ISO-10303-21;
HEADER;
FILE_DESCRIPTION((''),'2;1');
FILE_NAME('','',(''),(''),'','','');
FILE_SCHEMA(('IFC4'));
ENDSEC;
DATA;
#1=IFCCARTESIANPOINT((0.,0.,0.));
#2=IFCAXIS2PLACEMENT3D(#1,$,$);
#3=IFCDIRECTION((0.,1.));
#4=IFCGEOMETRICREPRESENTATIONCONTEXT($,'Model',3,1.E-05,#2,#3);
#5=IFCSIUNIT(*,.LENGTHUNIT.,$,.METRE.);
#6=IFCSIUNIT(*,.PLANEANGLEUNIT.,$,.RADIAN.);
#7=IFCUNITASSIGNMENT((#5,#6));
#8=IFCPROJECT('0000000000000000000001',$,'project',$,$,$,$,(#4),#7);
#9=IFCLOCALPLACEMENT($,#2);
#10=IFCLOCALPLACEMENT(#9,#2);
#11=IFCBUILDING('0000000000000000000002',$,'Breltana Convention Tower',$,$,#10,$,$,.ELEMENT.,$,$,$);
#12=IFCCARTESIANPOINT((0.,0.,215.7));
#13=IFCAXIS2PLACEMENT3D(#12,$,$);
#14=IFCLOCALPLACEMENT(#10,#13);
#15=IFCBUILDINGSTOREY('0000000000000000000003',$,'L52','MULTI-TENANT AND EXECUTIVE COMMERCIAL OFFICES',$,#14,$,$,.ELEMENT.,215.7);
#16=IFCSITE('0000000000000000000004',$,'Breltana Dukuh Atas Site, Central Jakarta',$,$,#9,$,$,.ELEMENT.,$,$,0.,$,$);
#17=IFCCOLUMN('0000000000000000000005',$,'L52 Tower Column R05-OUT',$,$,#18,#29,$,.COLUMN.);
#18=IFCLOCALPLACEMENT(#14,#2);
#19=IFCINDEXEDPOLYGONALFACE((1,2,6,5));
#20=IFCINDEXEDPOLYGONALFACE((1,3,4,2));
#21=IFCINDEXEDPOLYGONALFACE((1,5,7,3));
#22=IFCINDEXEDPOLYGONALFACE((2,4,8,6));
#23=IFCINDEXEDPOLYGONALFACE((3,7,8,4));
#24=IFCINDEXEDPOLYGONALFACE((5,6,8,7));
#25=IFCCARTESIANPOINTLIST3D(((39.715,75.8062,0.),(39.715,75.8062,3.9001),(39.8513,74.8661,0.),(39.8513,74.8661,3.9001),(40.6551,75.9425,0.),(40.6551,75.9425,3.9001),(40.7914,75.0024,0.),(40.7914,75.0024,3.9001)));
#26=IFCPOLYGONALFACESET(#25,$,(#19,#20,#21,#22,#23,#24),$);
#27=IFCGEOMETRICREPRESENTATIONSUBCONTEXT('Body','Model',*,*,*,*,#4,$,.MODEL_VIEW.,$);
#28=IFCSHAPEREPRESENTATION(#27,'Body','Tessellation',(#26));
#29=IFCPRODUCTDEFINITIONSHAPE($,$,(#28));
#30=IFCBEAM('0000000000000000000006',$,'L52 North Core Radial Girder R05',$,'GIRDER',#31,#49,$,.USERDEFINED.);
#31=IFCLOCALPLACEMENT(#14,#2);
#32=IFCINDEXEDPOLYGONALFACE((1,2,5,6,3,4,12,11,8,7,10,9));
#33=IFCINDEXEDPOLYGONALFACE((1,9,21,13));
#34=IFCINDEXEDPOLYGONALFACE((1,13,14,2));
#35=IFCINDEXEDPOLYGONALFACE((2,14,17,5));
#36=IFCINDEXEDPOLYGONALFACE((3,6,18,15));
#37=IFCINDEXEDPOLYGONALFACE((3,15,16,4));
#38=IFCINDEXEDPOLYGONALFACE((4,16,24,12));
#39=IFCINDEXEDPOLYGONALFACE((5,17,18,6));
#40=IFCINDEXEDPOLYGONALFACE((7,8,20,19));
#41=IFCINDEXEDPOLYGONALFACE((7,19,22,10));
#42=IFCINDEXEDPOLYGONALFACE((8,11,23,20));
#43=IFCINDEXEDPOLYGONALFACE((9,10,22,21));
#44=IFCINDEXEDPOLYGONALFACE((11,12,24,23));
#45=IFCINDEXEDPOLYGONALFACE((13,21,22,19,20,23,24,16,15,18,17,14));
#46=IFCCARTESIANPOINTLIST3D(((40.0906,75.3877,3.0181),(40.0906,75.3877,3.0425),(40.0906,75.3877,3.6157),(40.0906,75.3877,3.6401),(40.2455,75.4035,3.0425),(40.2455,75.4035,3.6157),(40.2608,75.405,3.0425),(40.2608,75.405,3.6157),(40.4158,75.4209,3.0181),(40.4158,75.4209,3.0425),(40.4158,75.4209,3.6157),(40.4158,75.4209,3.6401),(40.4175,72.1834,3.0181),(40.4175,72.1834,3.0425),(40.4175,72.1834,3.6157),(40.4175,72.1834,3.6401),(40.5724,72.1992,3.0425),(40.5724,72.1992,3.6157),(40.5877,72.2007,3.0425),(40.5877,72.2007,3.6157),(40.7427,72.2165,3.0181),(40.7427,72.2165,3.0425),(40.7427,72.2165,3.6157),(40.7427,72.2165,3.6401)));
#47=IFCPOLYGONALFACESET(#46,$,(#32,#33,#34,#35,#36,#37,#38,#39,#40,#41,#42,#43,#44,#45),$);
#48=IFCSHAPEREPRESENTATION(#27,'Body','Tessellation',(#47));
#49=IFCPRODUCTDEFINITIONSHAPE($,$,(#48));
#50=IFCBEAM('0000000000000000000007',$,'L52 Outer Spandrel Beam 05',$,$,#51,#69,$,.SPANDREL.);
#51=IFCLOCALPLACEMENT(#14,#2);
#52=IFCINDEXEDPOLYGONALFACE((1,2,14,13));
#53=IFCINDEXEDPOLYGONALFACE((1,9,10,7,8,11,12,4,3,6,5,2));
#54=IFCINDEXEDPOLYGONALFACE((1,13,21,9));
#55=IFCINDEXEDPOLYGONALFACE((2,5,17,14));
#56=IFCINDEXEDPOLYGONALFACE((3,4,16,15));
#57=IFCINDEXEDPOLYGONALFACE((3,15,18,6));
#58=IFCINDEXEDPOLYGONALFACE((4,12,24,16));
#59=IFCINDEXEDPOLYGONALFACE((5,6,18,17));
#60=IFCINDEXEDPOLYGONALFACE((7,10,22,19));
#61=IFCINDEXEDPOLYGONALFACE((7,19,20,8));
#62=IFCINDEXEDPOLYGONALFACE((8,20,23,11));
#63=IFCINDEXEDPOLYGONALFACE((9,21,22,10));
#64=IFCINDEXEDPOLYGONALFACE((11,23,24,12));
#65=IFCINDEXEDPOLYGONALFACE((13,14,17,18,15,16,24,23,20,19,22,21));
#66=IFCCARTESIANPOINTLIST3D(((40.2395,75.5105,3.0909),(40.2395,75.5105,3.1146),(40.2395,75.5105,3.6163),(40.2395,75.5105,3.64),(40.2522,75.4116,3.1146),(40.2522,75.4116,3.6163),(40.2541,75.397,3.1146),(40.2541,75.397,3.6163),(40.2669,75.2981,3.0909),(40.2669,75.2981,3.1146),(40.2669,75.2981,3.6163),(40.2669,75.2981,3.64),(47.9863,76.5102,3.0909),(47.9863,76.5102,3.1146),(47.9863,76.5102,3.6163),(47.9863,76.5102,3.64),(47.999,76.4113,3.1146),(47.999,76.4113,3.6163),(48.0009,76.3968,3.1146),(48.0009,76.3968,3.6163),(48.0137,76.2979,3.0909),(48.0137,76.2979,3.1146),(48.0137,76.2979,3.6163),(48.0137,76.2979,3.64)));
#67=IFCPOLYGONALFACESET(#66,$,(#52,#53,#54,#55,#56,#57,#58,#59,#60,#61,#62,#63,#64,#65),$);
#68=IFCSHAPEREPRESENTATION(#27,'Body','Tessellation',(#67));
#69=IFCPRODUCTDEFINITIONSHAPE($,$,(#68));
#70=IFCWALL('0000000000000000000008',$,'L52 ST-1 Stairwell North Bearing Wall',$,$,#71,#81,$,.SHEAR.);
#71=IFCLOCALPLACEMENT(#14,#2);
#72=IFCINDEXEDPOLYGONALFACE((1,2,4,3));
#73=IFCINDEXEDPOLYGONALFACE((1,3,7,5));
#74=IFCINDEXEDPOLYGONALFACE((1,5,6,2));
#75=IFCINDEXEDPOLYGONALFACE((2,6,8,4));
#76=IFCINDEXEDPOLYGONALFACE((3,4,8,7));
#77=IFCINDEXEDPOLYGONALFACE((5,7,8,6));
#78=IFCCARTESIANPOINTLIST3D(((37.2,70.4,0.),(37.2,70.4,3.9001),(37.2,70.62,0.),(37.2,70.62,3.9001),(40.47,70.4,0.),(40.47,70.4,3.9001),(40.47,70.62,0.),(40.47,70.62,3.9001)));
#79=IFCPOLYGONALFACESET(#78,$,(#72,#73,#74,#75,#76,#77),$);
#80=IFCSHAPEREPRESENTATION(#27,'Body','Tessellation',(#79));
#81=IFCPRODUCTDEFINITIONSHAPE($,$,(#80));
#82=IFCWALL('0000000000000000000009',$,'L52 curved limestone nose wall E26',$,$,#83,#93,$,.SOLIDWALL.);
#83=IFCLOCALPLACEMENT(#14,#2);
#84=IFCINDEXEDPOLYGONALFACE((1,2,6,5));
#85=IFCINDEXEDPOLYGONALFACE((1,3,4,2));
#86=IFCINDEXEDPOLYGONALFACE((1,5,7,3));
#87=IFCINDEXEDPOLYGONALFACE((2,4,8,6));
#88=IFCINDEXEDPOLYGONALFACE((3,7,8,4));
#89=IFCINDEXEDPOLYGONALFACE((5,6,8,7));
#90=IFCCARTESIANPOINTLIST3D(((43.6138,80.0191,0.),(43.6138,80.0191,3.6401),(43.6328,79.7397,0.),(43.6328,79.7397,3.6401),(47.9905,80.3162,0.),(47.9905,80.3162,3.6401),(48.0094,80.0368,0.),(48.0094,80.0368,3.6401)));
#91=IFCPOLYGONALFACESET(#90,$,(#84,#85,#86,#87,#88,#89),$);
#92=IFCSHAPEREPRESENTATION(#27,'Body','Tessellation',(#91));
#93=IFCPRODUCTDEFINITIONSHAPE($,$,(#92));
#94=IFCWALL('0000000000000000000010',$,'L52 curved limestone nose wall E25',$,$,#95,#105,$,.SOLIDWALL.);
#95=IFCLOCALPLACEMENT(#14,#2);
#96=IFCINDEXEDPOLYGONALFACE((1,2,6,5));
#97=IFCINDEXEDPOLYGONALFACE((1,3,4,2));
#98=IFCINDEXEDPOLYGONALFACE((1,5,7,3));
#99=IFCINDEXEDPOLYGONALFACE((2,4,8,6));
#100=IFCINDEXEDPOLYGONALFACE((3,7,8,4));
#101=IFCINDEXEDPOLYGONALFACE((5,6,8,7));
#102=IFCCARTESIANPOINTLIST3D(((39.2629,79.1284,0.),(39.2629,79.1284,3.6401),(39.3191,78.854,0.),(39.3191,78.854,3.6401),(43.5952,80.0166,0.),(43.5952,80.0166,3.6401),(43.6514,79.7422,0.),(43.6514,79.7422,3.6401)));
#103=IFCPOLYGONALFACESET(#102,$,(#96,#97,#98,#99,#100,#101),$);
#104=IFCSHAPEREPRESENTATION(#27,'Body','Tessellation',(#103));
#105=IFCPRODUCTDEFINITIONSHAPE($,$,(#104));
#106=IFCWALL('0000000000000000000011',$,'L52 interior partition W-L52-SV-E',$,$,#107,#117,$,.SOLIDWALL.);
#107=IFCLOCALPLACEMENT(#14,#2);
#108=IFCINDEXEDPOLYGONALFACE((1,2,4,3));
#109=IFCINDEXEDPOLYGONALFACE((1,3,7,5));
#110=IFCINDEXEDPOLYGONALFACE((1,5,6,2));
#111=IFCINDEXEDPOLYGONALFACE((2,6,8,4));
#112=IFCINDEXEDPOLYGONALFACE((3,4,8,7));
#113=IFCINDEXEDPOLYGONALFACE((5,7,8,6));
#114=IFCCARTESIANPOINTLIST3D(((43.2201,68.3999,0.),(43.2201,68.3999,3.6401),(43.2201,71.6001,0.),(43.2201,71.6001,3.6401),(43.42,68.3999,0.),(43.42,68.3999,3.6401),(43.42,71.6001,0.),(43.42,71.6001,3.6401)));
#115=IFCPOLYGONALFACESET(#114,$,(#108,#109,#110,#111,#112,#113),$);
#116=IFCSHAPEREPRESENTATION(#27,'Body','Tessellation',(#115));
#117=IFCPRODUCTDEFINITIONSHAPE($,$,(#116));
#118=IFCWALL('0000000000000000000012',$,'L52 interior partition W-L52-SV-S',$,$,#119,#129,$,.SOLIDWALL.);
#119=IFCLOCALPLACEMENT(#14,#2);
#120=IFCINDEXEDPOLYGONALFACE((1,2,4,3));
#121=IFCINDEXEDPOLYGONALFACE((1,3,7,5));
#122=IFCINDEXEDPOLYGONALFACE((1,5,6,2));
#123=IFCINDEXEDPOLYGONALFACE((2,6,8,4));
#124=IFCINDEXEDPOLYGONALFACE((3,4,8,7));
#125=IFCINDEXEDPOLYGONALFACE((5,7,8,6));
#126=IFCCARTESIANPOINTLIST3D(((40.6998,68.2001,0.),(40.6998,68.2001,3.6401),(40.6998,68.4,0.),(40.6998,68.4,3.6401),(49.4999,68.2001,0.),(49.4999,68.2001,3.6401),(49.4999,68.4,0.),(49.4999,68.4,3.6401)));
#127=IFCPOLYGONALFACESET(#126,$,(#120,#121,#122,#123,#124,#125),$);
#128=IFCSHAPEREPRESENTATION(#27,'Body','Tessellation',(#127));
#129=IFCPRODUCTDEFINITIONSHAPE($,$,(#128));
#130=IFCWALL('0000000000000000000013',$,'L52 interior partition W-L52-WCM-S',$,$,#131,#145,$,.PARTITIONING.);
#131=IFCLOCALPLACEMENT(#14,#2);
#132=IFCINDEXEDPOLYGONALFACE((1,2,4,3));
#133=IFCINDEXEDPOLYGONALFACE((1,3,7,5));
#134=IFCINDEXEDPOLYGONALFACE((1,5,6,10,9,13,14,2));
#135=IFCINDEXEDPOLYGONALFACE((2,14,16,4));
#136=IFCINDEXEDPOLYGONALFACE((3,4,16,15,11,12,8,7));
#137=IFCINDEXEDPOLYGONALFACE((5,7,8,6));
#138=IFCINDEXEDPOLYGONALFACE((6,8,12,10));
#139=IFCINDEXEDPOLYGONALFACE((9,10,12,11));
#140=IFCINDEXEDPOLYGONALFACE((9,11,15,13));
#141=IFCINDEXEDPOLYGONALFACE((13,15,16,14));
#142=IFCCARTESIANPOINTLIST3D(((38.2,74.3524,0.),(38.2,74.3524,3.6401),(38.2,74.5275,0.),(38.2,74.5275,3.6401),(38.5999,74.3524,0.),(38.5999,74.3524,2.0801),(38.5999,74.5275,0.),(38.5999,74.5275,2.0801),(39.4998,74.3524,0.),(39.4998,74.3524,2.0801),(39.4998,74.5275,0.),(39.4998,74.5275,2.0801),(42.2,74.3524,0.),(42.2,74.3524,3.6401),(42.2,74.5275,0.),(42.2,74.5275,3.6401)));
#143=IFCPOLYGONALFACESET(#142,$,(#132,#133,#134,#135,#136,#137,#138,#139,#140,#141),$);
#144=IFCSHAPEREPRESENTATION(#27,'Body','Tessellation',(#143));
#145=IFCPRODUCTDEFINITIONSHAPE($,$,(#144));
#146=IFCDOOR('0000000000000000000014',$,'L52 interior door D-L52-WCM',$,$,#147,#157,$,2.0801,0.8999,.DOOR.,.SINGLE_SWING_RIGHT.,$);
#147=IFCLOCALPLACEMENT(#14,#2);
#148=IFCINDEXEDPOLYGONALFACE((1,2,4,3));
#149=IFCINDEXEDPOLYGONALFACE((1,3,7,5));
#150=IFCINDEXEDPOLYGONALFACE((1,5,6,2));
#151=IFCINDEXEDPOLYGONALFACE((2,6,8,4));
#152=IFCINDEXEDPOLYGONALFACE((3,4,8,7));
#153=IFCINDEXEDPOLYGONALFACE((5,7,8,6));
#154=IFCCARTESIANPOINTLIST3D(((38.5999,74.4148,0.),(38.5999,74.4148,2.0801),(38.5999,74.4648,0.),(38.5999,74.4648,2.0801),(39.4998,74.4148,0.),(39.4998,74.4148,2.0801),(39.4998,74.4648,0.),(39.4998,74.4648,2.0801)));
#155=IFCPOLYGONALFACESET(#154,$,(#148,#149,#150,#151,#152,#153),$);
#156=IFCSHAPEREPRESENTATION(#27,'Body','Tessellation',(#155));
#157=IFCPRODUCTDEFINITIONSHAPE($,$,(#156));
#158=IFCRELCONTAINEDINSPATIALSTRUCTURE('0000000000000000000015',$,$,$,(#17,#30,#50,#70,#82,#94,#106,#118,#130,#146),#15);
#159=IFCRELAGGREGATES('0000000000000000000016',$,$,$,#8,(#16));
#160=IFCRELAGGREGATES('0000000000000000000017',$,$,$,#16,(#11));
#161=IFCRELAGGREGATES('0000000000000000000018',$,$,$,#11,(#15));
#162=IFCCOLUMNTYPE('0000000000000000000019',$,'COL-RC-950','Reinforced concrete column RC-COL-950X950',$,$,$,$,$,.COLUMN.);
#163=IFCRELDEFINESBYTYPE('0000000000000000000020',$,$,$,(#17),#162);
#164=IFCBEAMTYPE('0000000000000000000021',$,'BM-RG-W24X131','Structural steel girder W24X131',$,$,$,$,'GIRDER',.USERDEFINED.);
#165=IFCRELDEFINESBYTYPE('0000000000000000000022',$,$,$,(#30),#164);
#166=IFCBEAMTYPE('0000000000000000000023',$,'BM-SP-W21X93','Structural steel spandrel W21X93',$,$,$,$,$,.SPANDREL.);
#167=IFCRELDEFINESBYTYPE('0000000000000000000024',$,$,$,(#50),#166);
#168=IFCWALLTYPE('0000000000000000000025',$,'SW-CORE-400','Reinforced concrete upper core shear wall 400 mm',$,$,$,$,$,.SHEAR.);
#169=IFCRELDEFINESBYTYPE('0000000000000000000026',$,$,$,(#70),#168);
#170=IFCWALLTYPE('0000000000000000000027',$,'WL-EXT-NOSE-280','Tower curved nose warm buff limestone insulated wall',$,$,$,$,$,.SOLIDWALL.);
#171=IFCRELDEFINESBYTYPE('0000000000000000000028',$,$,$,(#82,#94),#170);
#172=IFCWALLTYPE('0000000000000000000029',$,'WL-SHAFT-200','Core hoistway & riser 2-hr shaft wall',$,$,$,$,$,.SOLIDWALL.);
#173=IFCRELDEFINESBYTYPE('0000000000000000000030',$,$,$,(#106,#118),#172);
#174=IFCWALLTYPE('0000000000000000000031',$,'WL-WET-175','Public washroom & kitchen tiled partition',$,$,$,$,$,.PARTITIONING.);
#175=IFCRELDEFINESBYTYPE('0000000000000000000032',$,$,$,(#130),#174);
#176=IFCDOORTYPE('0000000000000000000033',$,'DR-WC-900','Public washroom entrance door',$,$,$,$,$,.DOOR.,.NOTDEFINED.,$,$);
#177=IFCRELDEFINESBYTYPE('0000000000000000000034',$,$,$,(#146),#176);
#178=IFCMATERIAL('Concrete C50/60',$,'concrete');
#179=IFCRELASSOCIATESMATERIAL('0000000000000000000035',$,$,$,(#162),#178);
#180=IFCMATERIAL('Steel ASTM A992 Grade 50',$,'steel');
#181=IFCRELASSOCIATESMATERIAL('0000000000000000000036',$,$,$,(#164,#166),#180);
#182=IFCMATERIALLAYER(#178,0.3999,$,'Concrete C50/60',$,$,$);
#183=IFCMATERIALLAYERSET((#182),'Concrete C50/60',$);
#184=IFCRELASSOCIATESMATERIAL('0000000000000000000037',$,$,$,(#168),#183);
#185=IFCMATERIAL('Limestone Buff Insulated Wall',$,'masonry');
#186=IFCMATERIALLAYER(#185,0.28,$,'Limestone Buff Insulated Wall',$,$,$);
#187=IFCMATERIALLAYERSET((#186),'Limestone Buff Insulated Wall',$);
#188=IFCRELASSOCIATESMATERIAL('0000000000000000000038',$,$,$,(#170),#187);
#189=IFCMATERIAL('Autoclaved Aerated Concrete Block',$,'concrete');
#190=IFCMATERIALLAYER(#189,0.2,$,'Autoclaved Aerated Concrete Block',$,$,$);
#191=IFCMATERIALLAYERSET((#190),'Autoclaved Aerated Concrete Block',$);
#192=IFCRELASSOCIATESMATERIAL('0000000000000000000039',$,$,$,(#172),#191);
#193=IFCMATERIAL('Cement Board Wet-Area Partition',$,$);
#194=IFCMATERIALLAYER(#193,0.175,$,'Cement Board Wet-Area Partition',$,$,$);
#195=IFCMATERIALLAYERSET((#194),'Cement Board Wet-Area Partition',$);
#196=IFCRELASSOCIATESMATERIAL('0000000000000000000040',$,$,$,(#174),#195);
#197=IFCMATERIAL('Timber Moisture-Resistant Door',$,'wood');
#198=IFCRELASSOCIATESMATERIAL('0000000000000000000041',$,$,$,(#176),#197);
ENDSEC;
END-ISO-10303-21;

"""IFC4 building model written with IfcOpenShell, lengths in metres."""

from ifc_helpers import new_model, si_unit, direction, frame, frame_2d, origin, origin_2d, place, context, subcontext, project, spatial, rectangle, i_section, extrude, source, transform, mapped, material, layer, layer_set, material_profile, profile_set, type_object, type_shapes, element, fill, save


model = new_model("IFC4")

# Units and contexts
model_context = context("Model", 3, precision=1e-05, world=origin(), true_north=direction((0.0, 1.0)))
body_context = subcontext(model_context, "Body", "Model", "MODEL_VIEW")
ifc_project = project(units=[si_unit("LENGTHUNIT", "METRE"), si_unit("PLANEANGLEUNIT", "RADIAN")], contexts=[model_context])

# Site, building, storey
site_placement = place(None, origin())
site = spatial("IfcSite", under=ifc_project, at=site_placement, Name="Breltana Dukuh Atas Site, Central Jakarta", CompositionType="ELEMENT", RefElevation=0.0)
building_placement = place(site_placement, origin())
building = spatial("IfcBuilding", under=site, at=building_placement, Name="Breltana Convention Tower", CompositionType="ELEMENT")
storey_placement = place(building_placement, frame((0.0, 0.0, 215.7)))
storey = spatial("IfcBuildingStorey", under=building, at=storey_placement, Name="L52", Description="MULTI-TENANT AND EXECUTIVE COMMERCIAL OFFICES", CompositionType="ELEMENT", Elevation=215.7)

# Column
ifc_material_1 = material(Name="Concrete C50/60", Category="concrete")
ifc_material_profile_1 = material_profile(ifc_material_1, rectangle(XDim=0.95, YDim=0.95, at=origin_2d()), Name="RC-COL-950X950")
ifc_profile_set_1 = profile_set([ifc_material_profile_1], Name="Concrete C50/60")
column_type = type_object("IfcColumnType", Name="COL-RC-950", Description="Reinforced concrete column RC-COL-950X950", PredefinedType="COLUMN", material=ifc_profile_set_1)
shared_shape_1 = source(origin(), body_context, "Body", "SweptSolid", [
    extrude(rectangle(XDim=0.95, YDim=0.95, at=origin_2d()), origin(), (0.0, 0.0, 1.0), 3.9001),
])
column_placement = place(storey_placement, frame((40.2532, 75.4043, 0.0), z_axis=(0.0, 0.0, 1.0), x_axis=(-0.143493, 0.989651, 0.0)))
element("IfcColumn", 1, at=column_placement, inside=storey, type_object=column_type, Name="L52 Tower Column R05-OUT", PredefinedType="COLUMN", context=body_context, shape_type="MappedRepresentation", body=[
    mapped(shared_shape_1, transform((0.0, 0.0, 0.0), scale=1.0)),
])

# Beams
ifc_material_2 = material(Name="Steel ASTM A992 Grade 50", Category="steel")
ifc_material_profile_2 = material_profile(ifc_material_2, i_section(OverallWidth=0.3269, OverallDepth=0.6221, WebThickness=0.0154, FlangeThickness=0.0244, at=origin_2d()), Name="W24X131")
ifc_profile_set_2 = profile_set([ifc_material_profile_2], Name="Steel ASTM A992 Grade 50")
beam_type_1 = type_object("IfcBeamType", Name="BM-RG-W24X131", Description="Structural steel girder W24X131", ElementType="GIRDER", PredefinedType="USERDEFINED", material=ifc_profile_set_2)
shared_shape_2 = source(origin(), body_context, "Body", "SweptSolid", [
    extrude(i_section(OverallWidth=0.3269, OverallDepth=0.6221, WebThickness=0.0154, FlangeThickness=0.0244, at=origin_2d()), origin(), (0.0, 0.0, 1.0), 3.2209),
])
beam_1_placement = place(storey_placement, frame((40.5801, 72.2, 3.3291), z_axis=(-0.101492, 0.994836, 0.0), x_axis=(-0.994836, -0.101492, 0.0)))
element("IfcBeam", 2, at=beam_1_placement, inside=storey, type_object=beam_type_1, Name="L52 North Core Radial Girder R05", ObjectType="GIRDER", PredefinedType="USERDEFINED", context=body_context, shape_type="MappedRepresentation", body=[
    mapped(shared_shape_2, transform((0.0, 0.0, 0.0), scale=1.0)),
])
ifc_material_profile_3 = material_profile(ifc_material_2, i_section(OverallWidth=0.2141, OverallDepth=0.5491, WebThickness=0.0146, FlangeThickness=0.0237, at=origin_2d()), Name="W21X93")
ifc_profile_set_3 = profile_set([ifc_material_profile_3], Name="Steel ASTM A992 Grade 50")
beam_type_2 = type_object("IfcBeamType", Name="BM-SP-W21X93", Description="Structural steel spandrel W21X93", PredefinedType="SPANDREL", material=ifc_profile_set_3)
shared_shape_3 = source(origin(), body_context, "Body", "SweptSolid", [
    extrude(i_section(OverallWidth=0.2141, OverallDepth=0.5491, WebThickness=0.0146, FlangeThickness=0.0237, at=origin_2d()), origin(), (0.0, 0.0, 1.0), 7.811),
])
beam_2_placement = place(storey_placement, frame((40.2532, 75.4043, 3.3655), z_axis=(0.991775, 0.127992, 0.0), x_axis=(-0.127992, 0.991775, 0.0)))
element("IfcBeam", 3, at=beam_2_placement, inside=storey, type_object=beam_type_2, Name="L52 Outer Spandrel Beam 05", PredefinedType="SPANDREL", context=body_context, shape_type="MappedRepresentation", body=[
    mapped(shared_shape_3, transform((0.0, 0.0, 0.0), scale=1.0)),
])

# Wall
ifc_layer_1 = layer(ifc_material_1, 0.3999, Name="Concrete C50/60")
ifc_layer_set_1 = layer_set([ifc_layer_1], Name="Concrete C50/60")
wall_type_1 = type_object("IfcWallType", Name="SW-CORE-400", Description="Reinforced concrete upper core shear wall 400 mm", PredefinedType="SHEAR", material=ifc_layer_set_1)
shared_shape_4 = source(origin(), body_context, "Body", "SweptSolid", [
    extrude(rectangle(XDim=3.27, YDim=0.22, at=frame_2d((1.635, 0.0))), origin(), (0.0, 0.0, 1.0), 3.9001),
])
wall_1_placement = place(storey_placement, frame((37.2, 70.51, 0.0), z_axis=(0.0, 0.0, 1.0), x_axis=(1.0, 0.0, 0.0)))
element("IfcWall", 4, at=wall_1_placement, inside=storey, type_object=wall_type_1, Name="L52 ST-1 Stairwell North Bearing Wall", PredefinedType="SHEAR", context=body_context, shape_type="MappedRepresentation", body=[
    mapped(shared_shape_4, transform((0.0, 0.0, 0.0), scale=1.0)),
])

# Walls
ifc_material_3 = material(Name="Limestone Buff Insulated Wall", Category="masonry")
ifc_layer_2 = layer(ifc_material_3, 0.28, Name="Limestone Buff Insulated Wall")
ifc_layer_set_2 = layer_set([ifc_layer_2], Name="Limestone Buff Insulated Wall")
wall_type_2 = type_object("IfcWallType", Name="WL-EXT-NOSE-280", Description="Tower curved nose warm buff limestone insulated wall", PredefinedType="SOLIDWALL", material=ifc_layer_set_2)
shared_shape_5 = source(origin(), body_context, "Body", "SweptSolid", [
    extrude(rectangle(XDim=4.3867, YDim=0.28, at=frame_2d((2.1934, 0.0))), origin(), (0.0, 0.0, 1.0), 3.6401),
])
wall_2_placement = place(storey_placement, frame((43.6233, 79.8794, 0.0), z_axis=(0.0, 0.0, 1.0), x_axis=(0.997704, 0.067731, 0.0)))
element("IfcWall", 5, at=wall_2_placement, inside=storey, type_object=wall_type_2, Name="L52 curved limestone nose wall E26", PredefinedType="SOLIDWALL", context=body_context, shape_type="MappedRepresentation", body=[
    mapped(shared_shape_5, transform((0.0, 0.0, 0.0), scale=1.0)),
])
shared_shape_6 = source(origin(), body_context, "Body", "SweptSolid", [
    extrude(rectangle(XDim=4.4224, YDim=0.28, at=frame_2d((2.2112, 0.0))), origin(), (0.0, 0.0, 1.0), 3.6401),
])
wall_3_placement = place(storey_placement, frame((39.291, 78.9912, 0.0), z_axis=(0.0, 0.0, 1.0), x_axis=(0.979624, 0.200838, 0.0)))
element("IfcWall", 6, at=wall_3_placement, inside=storey, type_object=wall_type_2, Name="L52 curved limestone nose wall E25", PredefinedType="SOLIDWALL", context=body_context, shape_type="MappedRepresentation", body=[
    mapped(shared_shape_6, transform((0.0, 0.0, 0.0), scale=1.0)),
])
ifc_material_4 = material(Name="Autoclaved Aerated Concrete Block", Category="concrete")
ifc_layer_3 = layer(ifc_material_4, 0.2, Name="Autoclaved Aerated Concrete Block")
ifc_layer_set_3 = layer_set([ifc_layer_3], Name="Autoclaved Aerated Concrete Block")
wall_type_3 = type_object("IfcWallType", Name="WL-SHAFT-200", Description="Core hoistway & riser 2-hr shaft wall", PredefinedType="SOLIDWALL", material=ifc_layer_set_3)
shared_shape_7 = source(origin(), body_context, "Body", "SweptSolid", [
    extrude(rectangle(XDim=3.2002, YDim=0.2, at=frame_2d((1.6001, 0.0))), origin(), (0.0, 0.0, 1.0), 3.6401),
])
wall_4_placement = place(storey_placement, frame((43.3201, 68.3999, 0.0), z_axis=(0.0, 0.0, 1.0), x_axis=(0.0, 1.0, 0.0)))
element("IfcWall", 7, at=wall_4_placement, inside=storey, type_object=wall_type_3, Name="L52 interior partition W-L52-SV-E", PredefinedType="SOLIDWALL", context=body_context, shape_type="MappedRepresentation", body=[
    mapped(shared_shape_7, transform((0.0, 0.0, 0.0), scale=1.0)),
])
shared_shape_8 = source(origin(), body_context, "Body", "SweptSolid", [
    extrude(rectangle(XDim=8.8, YDim=0.2, at=frame_2d((4.3999, 0.0))), origin(), (0.0, 0.0, 1.0), 3.6401),
])
wall_5_placement = place(storey_placement, frame((40.7, 68.3, 0.0), z_axis=(0.0, 0.0, 1.0), x_axis=(1.0, 0.0, 0.0)))
element("IfcWall", 8, at=wall_5_placement, inside=storey, type_object=wall_type_3, Name="L52 interior partition W-L52-SV-S", PredefinedType="SOLIDWALL", context=body_context, shape_type="MappedRepresentation", body=[
    mapped(shared_shape_8, transform((0.0, 0.0, 0.0), scale=1.0)),
])

# Wall, opening, door
ifc_material_5 = material(Name="Cement Board Wet-Area Partition")
ifc_layer_4 = layer(ifc_material_5, 0.175, Name="Cement Board Wet-Area Partition")
ifc_layer_set_4 = layer_set([ifc_layer_4], Name="Cement Board Wet-Area Partition")
wall_type_4 = type_object("IfcWallType", Name="WL-WET-175", Description="Public washroom & kitchen tiled partition", PredefinedType="PARTITIONING", material=ifc_layer_set_4)
shared_shape_9 = source(origin(), body_context, "Body", "SweptSolid", [
    extrude(rectangle(XDim=4.0, YDim=0.175, at=frame_2d((2.0, 0.0))), origin(), (0.0, 0.0, 1.0), 3.6401),
])
wall_6_placement = place(storey_placement, frame((38.2, 74.4399, 0.0), z_axis=(0.0, 0.0, 1.0), x_axis=(1.0, 0.0, 0.0)))
wall_6 = element("IfcWall", 9, at=wall_6_placement, inside=storey, type_object=wall_type_4, Name="L52 interior partition W-L52-WCM-S", PredefinedType="PARTITIONING", context=body_context, shape_type="MappedRepresentation", body=[
    mapped(shared_shape_9, transform((0.0, 0.0, 0.0), scale=1.0)),
])
opening_1_placement = place(wall_6_placement, frame((0.3999, 0.0, 0.0)))
opening_1 = element("IfcOpeningElement", 10, at=opening_1_placement, cuts=wall_6, PredefinedType="OPENING", context=body_context, shape_type="SweptSolid", body=[
    extrude(rectangle(XDim=0.8999, YDim=2.0801, at=frame_2d((0.45, 1.04))), frame((0.0, 0.0977, 0.0), z_axis=(0.0, -1.0, 0.0), x_axis=(1.0, 0.0, 0.0)), (0.0, 0.0, 1.0), 0.1951),
])
ifc_material_6 = material(Name="Timber Moisture-Resistant Door", Category="wood")
door_type_1 = type_object("IfcDoorType", Name="DR-WC-900", Description="Public washroom entrance door", OperationType="NOTDEFINED", PredefinedType="DOOR", material=ifc_material_6)
shared_shape_10 = source(origin(), body_context, "Body", "SweptSolid", [
    extrude(rectangle(XDim=0.8999, YDim=2.0801, at=frame_2d((0.45, 1.04))), frame((0.0, 0.0249, 0.0), z_axis=(0.0, -1.0, 0.0), x_axis=(1.0, 0.0, 0.0)), (0.0, 0.0, 1.0), 0.05),
])
type_shapes(door_type_1, [shared_shape_10])
door_1_placement = place(opening_1_placement, origin())
door_1 = element("IfcDoor", 11, at=door_1_placement, inside=storey, type_object=door_type_1, Name="L52 interior door D-L52-WCM", OperationType="SINGLE_SWING_RIGHT", OverallHeight=2.0801, OverallWidth=0.8999, PredefinedType="DOOR", context=body_context, shape_type="MappedRepresentation", body=[
    mapped(shared_shape_10, transform((0.0, 0.0, 0.0), scale=1.0)),
])
fill(opening_1, door_1)

save(model, "model.ifc")
